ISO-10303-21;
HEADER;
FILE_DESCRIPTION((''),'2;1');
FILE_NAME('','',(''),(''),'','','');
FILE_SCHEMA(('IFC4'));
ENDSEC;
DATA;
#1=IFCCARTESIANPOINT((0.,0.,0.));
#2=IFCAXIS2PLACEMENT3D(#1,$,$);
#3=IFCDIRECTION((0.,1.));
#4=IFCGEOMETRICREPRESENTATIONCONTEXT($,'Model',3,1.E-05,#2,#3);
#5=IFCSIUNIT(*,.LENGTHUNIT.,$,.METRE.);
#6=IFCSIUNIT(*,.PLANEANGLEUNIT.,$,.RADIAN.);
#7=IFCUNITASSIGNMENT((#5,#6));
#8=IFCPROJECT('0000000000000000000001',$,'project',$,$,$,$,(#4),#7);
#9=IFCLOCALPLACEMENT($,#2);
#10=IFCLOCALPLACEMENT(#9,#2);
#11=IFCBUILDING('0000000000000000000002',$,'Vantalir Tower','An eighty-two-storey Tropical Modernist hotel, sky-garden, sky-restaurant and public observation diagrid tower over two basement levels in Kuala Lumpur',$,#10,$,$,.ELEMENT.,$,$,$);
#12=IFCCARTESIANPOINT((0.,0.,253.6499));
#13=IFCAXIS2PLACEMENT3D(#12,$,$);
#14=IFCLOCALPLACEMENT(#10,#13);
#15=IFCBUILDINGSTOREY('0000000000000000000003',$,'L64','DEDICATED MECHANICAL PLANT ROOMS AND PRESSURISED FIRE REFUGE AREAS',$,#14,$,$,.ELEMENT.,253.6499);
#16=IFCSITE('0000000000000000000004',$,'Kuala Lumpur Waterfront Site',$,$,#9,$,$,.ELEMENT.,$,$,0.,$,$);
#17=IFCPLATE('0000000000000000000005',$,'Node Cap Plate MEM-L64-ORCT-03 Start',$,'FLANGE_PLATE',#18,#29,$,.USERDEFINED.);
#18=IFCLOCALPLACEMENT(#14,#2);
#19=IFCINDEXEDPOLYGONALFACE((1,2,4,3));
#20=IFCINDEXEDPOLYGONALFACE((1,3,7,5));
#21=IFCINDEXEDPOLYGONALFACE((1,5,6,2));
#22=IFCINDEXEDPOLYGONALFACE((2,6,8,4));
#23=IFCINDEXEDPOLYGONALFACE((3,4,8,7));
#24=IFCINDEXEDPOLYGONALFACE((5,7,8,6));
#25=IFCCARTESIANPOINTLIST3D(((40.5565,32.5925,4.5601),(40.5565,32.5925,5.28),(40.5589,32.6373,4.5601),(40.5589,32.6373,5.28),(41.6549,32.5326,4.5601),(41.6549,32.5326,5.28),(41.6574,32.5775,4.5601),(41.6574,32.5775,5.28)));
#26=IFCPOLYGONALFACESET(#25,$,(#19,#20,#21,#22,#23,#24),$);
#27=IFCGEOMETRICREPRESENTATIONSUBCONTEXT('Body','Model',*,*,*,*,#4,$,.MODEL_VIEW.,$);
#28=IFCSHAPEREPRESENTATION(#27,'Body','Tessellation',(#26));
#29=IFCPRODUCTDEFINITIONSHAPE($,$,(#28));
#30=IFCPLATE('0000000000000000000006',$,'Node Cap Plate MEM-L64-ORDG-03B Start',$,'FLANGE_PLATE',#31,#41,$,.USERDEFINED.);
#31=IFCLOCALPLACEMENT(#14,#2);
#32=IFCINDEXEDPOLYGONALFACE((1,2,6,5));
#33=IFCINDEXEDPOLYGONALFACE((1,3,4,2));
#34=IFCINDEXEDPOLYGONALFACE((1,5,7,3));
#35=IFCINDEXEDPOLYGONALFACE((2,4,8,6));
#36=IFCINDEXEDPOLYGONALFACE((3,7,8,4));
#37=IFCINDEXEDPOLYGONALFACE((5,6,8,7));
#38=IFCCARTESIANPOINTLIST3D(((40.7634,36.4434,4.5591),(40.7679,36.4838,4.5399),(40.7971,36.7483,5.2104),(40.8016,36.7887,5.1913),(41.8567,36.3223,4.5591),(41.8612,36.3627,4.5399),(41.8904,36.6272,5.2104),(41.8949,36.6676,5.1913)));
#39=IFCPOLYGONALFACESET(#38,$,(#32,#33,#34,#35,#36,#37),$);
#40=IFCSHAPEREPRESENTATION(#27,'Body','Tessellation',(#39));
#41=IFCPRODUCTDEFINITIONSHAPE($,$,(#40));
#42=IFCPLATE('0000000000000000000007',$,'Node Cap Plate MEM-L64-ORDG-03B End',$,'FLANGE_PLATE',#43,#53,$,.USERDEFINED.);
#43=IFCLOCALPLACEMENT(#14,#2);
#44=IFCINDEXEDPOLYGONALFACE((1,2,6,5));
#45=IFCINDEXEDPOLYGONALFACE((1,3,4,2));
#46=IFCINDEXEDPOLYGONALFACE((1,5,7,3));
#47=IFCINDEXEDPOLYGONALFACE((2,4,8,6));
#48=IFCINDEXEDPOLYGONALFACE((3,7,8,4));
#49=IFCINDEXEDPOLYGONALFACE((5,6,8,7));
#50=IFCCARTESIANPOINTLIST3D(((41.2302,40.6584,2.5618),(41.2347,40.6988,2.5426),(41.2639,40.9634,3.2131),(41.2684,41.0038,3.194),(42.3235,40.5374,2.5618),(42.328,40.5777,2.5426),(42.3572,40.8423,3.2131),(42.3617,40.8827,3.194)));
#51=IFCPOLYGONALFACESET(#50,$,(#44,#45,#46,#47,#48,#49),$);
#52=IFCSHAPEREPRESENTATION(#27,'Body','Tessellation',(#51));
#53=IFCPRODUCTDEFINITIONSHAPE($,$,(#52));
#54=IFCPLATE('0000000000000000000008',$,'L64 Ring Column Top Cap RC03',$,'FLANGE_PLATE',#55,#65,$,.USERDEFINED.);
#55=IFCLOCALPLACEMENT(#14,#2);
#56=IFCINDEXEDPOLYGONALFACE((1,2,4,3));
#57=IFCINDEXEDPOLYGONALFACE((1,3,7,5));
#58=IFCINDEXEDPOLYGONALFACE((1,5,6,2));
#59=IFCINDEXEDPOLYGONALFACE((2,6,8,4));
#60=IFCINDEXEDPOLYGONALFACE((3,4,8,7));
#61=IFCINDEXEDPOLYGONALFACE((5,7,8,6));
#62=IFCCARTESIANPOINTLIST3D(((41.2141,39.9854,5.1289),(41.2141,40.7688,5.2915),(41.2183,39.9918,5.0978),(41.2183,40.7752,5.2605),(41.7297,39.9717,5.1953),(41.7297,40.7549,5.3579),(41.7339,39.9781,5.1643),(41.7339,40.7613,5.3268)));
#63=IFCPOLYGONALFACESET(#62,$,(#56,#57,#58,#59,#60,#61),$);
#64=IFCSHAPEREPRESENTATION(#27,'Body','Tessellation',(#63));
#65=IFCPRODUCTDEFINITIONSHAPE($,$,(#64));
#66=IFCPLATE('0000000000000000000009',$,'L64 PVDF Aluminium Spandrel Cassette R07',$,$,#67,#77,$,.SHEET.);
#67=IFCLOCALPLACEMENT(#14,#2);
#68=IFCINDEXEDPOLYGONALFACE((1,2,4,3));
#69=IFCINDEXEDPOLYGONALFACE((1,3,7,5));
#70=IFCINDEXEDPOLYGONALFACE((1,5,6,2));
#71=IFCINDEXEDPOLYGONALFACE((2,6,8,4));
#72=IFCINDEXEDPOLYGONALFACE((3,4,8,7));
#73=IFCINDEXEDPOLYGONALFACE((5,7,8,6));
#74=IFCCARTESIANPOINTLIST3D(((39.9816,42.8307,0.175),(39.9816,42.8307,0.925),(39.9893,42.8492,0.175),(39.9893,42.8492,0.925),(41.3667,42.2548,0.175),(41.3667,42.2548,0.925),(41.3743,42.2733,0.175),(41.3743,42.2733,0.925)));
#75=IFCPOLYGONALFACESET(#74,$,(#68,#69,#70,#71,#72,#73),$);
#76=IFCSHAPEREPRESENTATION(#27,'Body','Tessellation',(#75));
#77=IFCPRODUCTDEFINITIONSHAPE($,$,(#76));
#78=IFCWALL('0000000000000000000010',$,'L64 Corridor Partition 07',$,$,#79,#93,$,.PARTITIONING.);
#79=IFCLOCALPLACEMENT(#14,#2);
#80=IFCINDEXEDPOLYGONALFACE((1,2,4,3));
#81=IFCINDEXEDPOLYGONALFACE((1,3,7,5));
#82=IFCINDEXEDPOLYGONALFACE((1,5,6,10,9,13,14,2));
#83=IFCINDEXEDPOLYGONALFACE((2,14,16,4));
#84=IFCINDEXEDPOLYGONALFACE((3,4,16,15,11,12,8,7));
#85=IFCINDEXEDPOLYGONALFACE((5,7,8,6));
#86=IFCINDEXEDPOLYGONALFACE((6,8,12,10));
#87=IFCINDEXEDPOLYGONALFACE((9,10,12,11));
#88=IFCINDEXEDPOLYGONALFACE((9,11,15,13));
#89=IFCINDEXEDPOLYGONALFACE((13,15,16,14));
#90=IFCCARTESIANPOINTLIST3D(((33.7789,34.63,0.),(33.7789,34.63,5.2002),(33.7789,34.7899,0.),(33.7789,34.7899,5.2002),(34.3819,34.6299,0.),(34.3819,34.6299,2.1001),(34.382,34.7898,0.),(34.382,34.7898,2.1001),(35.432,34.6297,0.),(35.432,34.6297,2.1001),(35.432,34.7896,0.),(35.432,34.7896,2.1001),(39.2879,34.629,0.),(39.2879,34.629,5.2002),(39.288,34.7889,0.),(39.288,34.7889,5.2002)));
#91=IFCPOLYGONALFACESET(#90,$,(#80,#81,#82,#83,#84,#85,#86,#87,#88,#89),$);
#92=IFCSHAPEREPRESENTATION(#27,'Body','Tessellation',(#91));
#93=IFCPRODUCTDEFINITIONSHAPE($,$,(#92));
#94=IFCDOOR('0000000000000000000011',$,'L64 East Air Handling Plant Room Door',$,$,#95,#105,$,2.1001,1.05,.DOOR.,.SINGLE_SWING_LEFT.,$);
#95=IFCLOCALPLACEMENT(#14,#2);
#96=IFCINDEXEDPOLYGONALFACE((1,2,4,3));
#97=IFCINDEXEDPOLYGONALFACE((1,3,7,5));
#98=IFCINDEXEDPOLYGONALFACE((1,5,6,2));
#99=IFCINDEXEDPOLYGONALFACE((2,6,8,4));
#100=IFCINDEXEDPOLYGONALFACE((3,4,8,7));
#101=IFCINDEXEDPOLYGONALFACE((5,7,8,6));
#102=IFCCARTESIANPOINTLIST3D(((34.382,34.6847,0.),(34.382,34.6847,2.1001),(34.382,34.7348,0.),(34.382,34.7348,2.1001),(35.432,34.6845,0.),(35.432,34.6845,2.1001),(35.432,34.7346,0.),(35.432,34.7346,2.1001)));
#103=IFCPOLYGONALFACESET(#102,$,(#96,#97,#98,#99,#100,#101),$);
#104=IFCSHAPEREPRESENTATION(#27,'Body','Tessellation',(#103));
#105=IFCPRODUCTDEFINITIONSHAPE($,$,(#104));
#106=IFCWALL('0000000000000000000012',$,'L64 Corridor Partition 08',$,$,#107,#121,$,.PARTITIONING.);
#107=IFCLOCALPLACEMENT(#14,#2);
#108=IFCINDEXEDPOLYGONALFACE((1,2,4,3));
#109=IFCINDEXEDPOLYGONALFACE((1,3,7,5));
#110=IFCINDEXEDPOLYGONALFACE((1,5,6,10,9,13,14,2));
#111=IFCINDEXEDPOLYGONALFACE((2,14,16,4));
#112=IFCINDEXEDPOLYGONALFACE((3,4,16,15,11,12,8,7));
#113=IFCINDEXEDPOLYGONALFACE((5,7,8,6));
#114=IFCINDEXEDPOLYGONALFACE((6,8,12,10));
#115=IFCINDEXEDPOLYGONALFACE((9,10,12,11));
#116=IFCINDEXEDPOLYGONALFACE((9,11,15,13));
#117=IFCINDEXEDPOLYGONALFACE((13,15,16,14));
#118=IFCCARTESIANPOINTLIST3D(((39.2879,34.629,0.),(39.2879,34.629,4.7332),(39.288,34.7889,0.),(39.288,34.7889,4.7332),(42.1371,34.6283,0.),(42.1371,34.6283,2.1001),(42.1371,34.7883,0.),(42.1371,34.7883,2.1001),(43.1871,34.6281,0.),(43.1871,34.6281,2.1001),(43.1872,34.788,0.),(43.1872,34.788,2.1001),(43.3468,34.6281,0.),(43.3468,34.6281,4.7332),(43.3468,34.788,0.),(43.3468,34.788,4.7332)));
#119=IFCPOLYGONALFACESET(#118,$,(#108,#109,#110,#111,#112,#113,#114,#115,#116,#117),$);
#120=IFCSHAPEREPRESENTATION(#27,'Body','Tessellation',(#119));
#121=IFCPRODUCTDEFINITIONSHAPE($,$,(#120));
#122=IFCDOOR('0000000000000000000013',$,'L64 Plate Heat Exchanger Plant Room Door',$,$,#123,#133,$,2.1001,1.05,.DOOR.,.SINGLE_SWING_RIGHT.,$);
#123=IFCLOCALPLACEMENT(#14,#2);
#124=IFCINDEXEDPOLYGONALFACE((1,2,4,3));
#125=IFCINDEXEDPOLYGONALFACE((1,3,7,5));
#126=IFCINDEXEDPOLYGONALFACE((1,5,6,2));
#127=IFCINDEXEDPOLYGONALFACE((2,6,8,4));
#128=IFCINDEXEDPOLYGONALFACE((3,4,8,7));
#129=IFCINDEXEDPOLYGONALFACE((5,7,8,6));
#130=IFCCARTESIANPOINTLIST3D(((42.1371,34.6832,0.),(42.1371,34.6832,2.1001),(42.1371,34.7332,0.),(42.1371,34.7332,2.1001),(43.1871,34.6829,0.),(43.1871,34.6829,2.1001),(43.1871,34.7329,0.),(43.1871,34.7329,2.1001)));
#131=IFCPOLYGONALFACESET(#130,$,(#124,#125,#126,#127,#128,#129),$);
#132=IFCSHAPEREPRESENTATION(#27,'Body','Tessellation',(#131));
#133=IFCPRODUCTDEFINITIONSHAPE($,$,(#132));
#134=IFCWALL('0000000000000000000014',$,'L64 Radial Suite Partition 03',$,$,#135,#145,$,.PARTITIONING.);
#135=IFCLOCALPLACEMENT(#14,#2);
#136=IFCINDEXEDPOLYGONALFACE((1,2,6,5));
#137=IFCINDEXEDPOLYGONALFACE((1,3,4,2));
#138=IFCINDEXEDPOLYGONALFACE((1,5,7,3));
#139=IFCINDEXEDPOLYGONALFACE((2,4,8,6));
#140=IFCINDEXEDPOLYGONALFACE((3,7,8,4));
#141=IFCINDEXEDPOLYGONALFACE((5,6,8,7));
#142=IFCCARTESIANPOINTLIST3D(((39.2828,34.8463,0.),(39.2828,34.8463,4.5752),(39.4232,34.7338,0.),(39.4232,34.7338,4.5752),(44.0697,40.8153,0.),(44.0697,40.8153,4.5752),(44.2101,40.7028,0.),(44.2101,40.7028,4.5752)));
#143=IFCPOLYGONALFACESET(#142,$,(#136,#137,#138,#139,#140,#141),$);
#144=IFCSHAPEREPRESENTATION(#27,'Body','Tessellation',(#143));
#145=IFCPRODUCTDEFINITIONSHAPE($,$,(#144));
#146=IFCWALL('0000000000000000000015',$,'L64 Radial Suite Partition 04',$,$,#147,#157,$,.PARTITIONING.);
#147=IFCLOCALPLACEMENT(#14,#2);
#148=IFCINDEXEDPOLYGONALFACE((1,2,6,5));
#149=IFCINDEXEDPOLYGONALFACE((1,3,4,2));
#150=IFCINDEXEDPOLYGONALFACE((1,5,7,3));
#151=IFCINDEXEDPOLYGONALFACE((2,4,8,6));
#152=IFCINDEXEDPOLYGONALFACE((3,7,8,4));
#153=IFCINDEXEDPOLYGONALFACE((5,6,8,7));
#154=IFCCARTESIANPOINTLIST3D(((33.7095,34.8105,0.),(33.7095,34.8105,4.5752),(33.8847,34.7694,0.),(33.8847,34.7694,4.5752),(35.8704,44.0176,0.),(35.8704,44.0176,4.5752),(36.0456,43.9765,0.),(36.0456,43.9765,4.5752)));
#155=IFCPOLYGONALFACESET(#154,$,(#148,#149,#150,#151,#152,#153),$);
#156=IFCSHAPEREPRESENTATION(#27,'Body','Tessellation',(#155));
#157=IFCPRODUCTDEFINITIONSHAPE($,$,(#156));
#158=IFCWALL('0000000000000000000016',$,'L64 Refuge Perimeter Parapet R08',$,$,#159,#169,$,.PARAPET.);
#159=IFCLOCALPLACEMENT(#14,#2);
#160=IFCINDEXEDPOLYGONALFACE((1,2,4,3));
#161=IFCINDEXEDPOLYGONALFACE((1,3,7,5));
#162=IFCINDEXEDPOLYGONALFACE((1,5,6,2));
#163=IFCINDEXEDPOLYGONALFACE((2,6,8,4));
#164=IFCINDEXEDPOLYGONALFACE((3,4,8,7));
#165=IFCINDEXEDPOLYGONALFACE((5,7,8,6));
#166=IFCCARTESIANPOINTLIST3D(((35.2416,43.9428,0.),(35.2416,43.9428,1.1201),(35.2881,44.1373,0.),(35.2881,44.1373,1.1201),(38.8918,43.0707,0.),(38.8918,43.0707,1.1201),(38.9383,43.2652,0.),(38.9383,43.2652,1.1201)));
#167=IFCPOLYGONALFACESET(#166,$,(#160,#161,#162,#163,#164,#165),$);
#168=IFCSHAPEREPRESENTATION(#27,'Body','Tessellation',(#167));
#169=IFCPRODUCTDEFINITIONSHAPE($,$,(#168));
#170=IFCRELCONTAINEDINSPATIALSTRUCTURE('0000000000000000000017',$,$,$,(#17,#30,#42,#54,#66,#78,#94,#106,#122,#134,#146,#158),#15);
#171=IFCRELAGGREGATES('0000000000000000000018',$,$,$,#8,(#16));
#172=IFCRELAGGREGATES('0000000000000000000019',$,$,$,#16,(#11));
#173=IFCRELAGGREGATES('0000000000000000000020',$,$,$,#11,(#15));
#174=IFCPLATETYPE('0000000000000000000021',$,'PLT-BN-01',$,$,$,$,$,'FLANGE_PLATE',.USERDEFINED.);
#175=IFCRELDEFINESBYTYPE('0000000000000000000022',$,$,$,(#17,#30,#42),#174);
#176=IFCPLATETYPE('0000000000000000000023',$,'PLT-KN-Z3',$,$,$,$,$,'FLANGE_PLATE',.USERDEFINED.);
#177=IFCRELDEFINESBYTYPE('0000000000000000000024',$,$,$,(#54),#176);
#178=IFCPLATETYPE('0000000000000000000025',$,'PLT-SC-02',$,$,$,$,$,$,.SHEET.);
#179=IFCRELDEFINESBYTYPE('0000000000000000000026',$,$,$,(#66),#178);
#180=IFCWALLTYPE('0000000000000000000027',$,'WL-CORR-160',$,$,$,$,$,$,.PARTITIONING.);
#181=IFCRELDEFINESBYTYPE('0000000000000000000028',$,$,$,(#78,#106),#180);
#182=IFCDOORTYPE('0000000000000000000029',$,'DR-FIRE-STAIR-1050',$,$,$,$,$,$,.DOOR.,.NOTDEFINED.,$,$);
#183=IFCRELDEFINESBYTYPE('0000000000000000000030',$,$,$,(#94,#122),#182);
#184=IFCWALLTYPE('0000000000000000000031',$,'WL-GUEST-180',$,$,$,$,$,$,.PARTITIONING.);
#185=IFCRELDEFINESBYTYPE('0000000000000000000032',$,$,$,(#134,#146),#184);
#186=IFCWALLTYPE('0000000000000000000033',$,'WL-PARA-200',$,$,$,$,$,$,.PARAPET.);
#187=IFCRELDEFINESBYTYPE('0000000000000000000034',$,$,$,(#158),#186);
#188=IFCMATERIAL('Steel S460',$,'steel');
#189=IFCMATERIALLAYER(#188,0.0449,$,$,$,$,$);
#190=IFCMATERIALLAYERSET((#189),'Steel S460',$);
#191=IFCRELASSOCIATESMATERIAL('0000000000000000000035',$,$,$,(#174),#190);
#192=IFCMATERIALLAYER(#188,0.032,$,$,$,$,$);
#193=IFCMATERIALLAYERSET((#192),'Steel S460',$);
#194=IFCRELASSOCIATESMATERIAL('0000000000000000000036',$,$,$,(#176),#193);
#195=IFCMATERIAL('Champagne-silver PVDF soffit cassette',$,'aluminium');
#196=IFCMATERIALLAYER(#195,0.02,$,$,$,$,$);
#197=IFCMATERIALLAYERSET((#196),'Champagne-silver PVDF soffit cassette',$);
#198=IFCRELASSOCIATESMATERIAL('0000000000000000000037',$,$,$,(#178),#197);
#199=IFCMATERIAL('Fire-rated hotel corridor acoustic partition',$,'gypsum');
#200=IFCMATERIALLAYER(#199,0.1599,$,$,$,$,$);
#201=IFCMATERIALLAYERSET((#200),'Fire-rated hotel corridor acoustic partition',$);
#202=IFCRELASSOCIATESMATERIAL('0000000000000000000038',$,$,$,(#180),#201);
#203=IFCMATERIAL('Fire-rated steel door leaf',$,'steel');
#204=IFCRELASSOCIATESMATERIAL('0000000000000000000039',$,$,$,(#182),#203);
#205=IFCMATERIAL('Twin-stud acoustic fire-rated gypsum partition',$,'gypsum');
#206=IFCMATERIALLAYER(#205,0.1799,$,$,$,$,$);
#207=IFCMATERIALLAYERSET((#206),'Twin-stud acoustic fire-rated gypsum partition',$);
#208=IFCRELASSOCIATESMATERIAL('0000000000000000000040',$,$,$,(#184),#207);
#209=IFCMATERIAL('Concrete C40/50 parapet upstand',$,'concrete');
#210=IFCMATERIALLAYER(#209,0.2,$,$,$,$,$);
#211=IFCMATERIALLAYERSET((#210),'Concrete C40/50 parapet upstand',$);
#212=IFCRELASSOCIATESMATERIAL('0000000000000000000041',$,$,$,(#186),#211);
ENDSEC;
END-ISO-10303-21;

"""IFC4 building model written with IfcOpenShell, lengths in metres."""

from ifc_helpers import new_model, si_unit, direction, frame, frame_2d, origin, origin_2d, place, context, subcontext, project, spatial, polyline, rectangle, outline, extrude, material, layer, layer_set, type_object, element, fill, save


model = new_model("IFC4")

# Units and contexts
model_context = context("Model", 3, precision=1e-05, world=origin(), true_north=direction((0.0, 1.0)))
body_context = subcontext(model_context, "Body", "Model", "MODEL_VIEW")
ifc_project = project(units=[si_unit("LENGTHUNIT", "METRE"), si_unit("PLANEANGLEUNIT", "RADIAN")], contexts=[model_context])

# Site, building, storey
site_placement = place(None, origin())
site = spatial("IfcSite", under=ifc_project, at=site_placement, Name="Kuala Lumpur Waterfront Site", CompositionType="ELEMENT", RefElevation=0.0)
building_placement = place(site_placement, origin())
building = spatial("IfcBuilding", under=site, at=building_placement, Name="Vantalir Tower", Description="An eighty-two-storey Tropical Modernist hotel, sky-garden, sky-restaurant and public observation diagrid tower over two basement levels in Kuala Lumpur", CompositionType="ELEMENT")
storey_placement = place(building_placement, frame((0.0, 0.0, 253.6499)))
storey = spatial("IfcBuildingStorey", under=building, at=storey_placement, Name="L64", Description="DEDICATED MECHANICAL PLANT ROOMS AND PRESSURISED FIRE REFUGE AREAS", CompositionType="ELEMENT", Elevation=253.6499)

# Shared definitions
ifc_material_1 = material(Name="Steel S460", Category="steel")

# Plates
ifc_layer_1 = layer(ifc_material_1, 0.0449)
ifc_layer_set_1 = layer_set([ifc_layer_1], Name="Steel S460")
plate_type_1 = type_object("IfcPlateType", Name="PLT-BN-01", ElementType="FLANGE_PLATE", PredefinedType="USERDEFINED", material=ifc_layer_set_1)
for number, where, z_axis, x_axis, name in (
    (1, (41.1069, 32.585, 4.5601), (0.0, 0.0, 1.0), (0.054427, 0.998518, 0.0), "Node Cap Plate MEM-L64-ORCT-03 Start"),
):
    element("IfcPlate", number, at=place(storey_placement, frame(where, z_axis=z_axis, x_axis=x_axis)), inside=storey, type_object=plate_type_1, Name=name, ObjectType="FLANGE_PLATE", PredefinedType="USERDEFINED", context=body_context, shape_type="SweptSolid", body=[
        extrude(rectangle(XDim=0.0449, YDim=1.1001, at=origin_2d()), origin(), (0.0, 0.0, 1.0), 0.72),
    ])
for number, where, z_axis, x_axis, name in (
    (2, (40.7634, 36.4434, 4.5591), (-0.099597, -0.89918, 0.426094), (0.993922, -0.11009, 0.0), "Node Cap Plate MEM-L64-ORDG-03B Start"),
    (3, (41.2302, 40.6584, 2.5618), (-0.099597, -0.89918, 0.426094), (0.993922, -0.11009, 0.0), "Node Cap Plate MEM-L64-ORDG-03B End"),
):
    element("IfcPlate", number, at=place(storey_placement, frame(where, z_axis=z_axis, x_axis=x_axis)), inside=storey, type_object=plate_type_1, Name=name, ObjectType="FLANGE_PLATE", PredefinedType="USERDEFINED", context=body_context, shape_type="SweptSolid", body=[
        extrude(outline(polyline([(0.0, 0.0), (1.0999, 0.0), (1.0999, 0.72), (-0.0001, 0.72), (0.0, 0.0)])), origin(), (0.0, 0.0, -1.0), 0.0449),
    ])
ifc_layer_2 = layer(ifc_material_1, 0.032)
ifc_layer_set_2 = layer_set([ifc_layer_2], Name="Steel S460")
plate_type_2 = type_object("IfcPlateType", Name="PLT-KN-Z3", ElementType="FLANGE_PLATE", PredefinedType="USERDEFINED", material=ifc_layer_set_2)
plate_1_placement = place(storey_placement, frame((41.2141, 40.7688, 5.2915), z_axis=(-0.130414, -0.201506, 0.970767), x_axis=(0.000004, -0.979129, -0.203241)))
element("IfcPlate", 4, at=plate_1_placement, inside=storey, type_object=plate_type_2, Name="L64 Ring Column Top Cap RC03", ObjectType="FLANGE_PLATE", PredefinedType="USERDEFINED", context=body_context, shape_type="SweptSolid", body=[
    extrude(outline(polyline([(0.0, 0.0), (0.8001, 0.0), (0.8, 0.5201), (0.0001, 0.5201), (0.0, 0.0)])), origin(), (0.0, 0.0, -1.0), 0.032),
])
ifc_material_2 = material(Name="Champagne-silver PVDF soffit cassette", Category="aluminium")
ifc_layer_3 = layer(ifc_material_2, 0.02)
ifc_layer_set_3 = layer_set([ifc_layer_3], Name="Champagne-silver PVDF soffit cassette")
plate_type_3 = type_object("IfcPlateType", Name="PLT-SC-02", PredefinedType="SHEET", material=ifc_layer_set_3)
plate_2_placement = place(storey_placement, frame((40.678, 42.552, 0.175), z_axis=(0.0, 0.0, 1.0), x_axis=(-0.923371, 0.383909, 0.0)))
element("IfcPlate", 5, at=plate_2_placement, inside=storey, type_object=plate_type_3, Name="L64 PVDF Aluminium Spandrel Cassette R07", PredefinedType="SHEET", context=body_context, shape_type="SweptSolid", body=[
    extrude(rectangle(XDim=1.5, YDim=0.02, at=origin_2d()), origin(), (0.0, 0.0, 1.0), 0.75),
])

# Walls, openings, doors
ifc_material_3 = material(Name="Fire-rated hotel corridor acoustic partition", Category="gypsum")
ifc_layer_4 = layer(ifc_material_3, 0.1599)
ifc_layer_set_4 = layer_set([ifc_layer_4], Name="Fire-rated hotel corridor acoustic partition")
wall_type_1 = type_object("IfcWallType", Name="WL-CORR-160", PredefinedType="PARTITIONING", material=ifc_layer_set_4)
wall_1_placement = place(storey_placement, frame((33.7791, 34.71, 0.0), z_axis=(0.0, 0.0, 1.0), x_axis=(1.0, -0.000177, 0.0)))
wall_1 = element("IfcWall", 6, at=wall_1_placement, inside=storey, type_object=wall_type_1, Name="L64 Corridor Partition 07", PredefinedType="PARTITIONING", context=body_context, shape_type="SweptSolid", body=[
    extrude(rectangle(XDim=5.509, YDim=0.1599, at=frame_2d((2.7544, 0.0))), origin(), (0.0, 0.0, 1.0), 5.2002),
])
opening_1_placement = place(wall_1_placement, frame((0.603, 0.0, 0.0)))
opening_1 = element("IfcOpeningElement", 7, at=opening_1_placement, cuts=wall_1, PredefinedType="OPENING", context=body_context, shape_type="SweptSolid", body=[
    extrude(rectangle(XDim=1.05, YDim=2.1001, at=frame_2d((0.5249, 1.05))), frame((0.0, 0.0898, 0.0), z_axis=(0.0, -1.0, 0.0), x_axis=(1.0, 0.0, 0.0)), (0.0, 0.0, 1.0), 0.1799),
])
ifc_material_4 = material(Name="Fire-rated steel door leaf", Category="steel")
door_type = type_object("IfcDoorType", Name="DR-FIRE-STAIR-1050", OperationType="NOTDEFINED", PredefinedType="DOOR", material=ifc_material_4)
door_1_placement = place(opening_1_placement, origin())
door_1 = element("IfcDoor", 8, at=door_1_placement, inside=storey, type_object=door_type, Name="L64 East Air Handling Plant Room Door", OperationType="SINGLE_SWING_LEFT", OverallHeight=2.1001, OverallWidth=1.05, PredefinedType="DOOR", context=body_context, shape_type="SweptSolid", body=[
    extrude(rectangle(XDim=1.05, YDim=2.1001, at=frame_2d((0.5249, 1.05))), frame((0.0, 0.0249, 0.0), z_axis=(0.0, -1.0, 0.0), x_axis=(1.0, 0.0, 0.0)), (0.0, 0.0, 1.0), 0.05),
])
fill(opening_1, door_1)
wall_2_placement = place(storey_placement, frame((39.2881, 34.709, 0.0), z_axis=(0.0, 0.0, 1.0), x_axis=(1.0, -0.000241, 0.0)))
wall_2 = element("IfcWall", 9, at=wall_2_placement, inside=storey, type_object=wall_type_1, Name="L64 Corridor Partition 08", PredefinedType="PARTITIONING", context=body_context, shape_type="SweptSolid", body=[
    extrude(rectangle(XDim=4.0588, YDim=0.1599, at=frame_2d((2.0293, 0.0))), origin(), (0.0, 0.0, 1.0), 4.7332),
])
opening_2_placement = place(wall_2_placement, frame((2.8491, 0.0, 0.0)))
opening_2 = element("IfcOpeningElement", 10, at=opening_2_placement, cuts=wall_2, PredefinedType="OPENING", context=body_context, shape_type="SweptSolid", body=[
    extrude(rectangle(XDim=1.05, YDim=2.1001, at=frame_2d((0.5249, 1.05))), frame((0.0, 0.0898, 0.0), z_axis=(0.0, -1.0, 0.0), x_axis=(1.0, 0.0, 0.0)), (0.0, 0.0, 1.0), 0.1799),
])
door_2_placement = place(opening_2_placement, origin())
door_2 = element("IfcDoor", 11, at=door_2_placement, inside=storey, type_object=door_type, Name="L64 Plate Heat Exchanger Plant Room Door", OperationType="SINGLE_SWING_RIGHT", OverallHeight=2.1001, OverallWidth=1.05, PredefinedType="DOOR", context=body_context, shape_type="SweptSolid", body=[
    extrude(rectangle(XDim=1.05, YDim=2.1001, at=frame_2d((0.5249, 1.05))), frame((0.0, 0.0249, 0.0), z_axis=(0.0, -1.0, 0.0), x_axis=(1.0, 0.0, 0.0)), (0.0, 0.0, 1.0), 0.05),
])
fill(opening_2, door_2)

# Walls
ifc_material_5 = material(Name="Twin-stud acoustic fire-rated gypsum partition", Category="gypsum")
ifc_layer_5 = layer(ifc_material_5, 0.1799)
ifc_layer_set_5 = layer_set([ifc_layer_5], Name="Twin-stud acoustic fire-rated gypsum partition")
wall_type_2 = type_object("IfcWallType", Name="WL-GUEST-180", PredefinedType="PARTITIONING", material=ifc_layer_set_5)
wall_3_placement = place(storey_placement, frame((39.353, 34.79, 0.0), z_axis=(0.0, 0.0, 1.0), x_axis=(0.625625, 0.780124, 0.0)))
element("IfcWall", 12, at=wall_3_placement, inside=storey, type_object=wall_type_2, Name="L64 Radial Suite Partition 03", PredefinedType="PARTITIONING", context=body_context, shape_type="SweptSolid", body=[
    extrude(rectangle(XDim=7.6514, YDim=0.1799, at=frame_2d((3.8257, 0.0))), origin(), (0.0, 0.0, 1.0), 4.5752),
])
wall_4_placement = place(storey_placement, frame((33.7971, 34.79, 0.0), z_axis=(0.0, 0.0, 1.0), x_axis=(0.228491, 0.973546, 0.0)))
element("IfcWall", 13, at=wall_4_placement, inside=storey, type_object=wall_type_2, Name="L64 Radial Suite Partition 04", PredefinedType="PARTITIONING", context=body_context, shape_type="SweptSolid", body=[
    extrude(rectangle(XDim=9.4573, YDim=0.1799, at=frame_2d((4.7285, 0.0))), origin(), (0.0, 0.0, 1.0), 4.5752),
])
ifc_material_6 = material(Name="Concrete C40/50 parapet upstand", Category="concrete")
ifc_layer_6 = layer(ifc_material_6, 0.2)
ifc_layer_set_6 = layer_set([ifc_layer_6], Name="Concrete C40/50 parapet upstand")
wall_type_3 = type_object("IfcWallType", Name="WL-PARA-200", PredefinedType="PARAPET", material=ifc_layer_set_6)
wall_5_placement = place(storey_placement, frame((38.915, 43.168, 0.0), z_axis=(0.0, 0.0, 1.0), x_axis=(-0.972627, 0.232374, 0.0)))
element("IfcWall", 14, at=wall_5_placement, inside=storey, type_object=wall_type_3, Name="L64 Refuge Perimeter Parapet R08", PredefinedType="PARAPET", context=body_context, shape_type="SweptSolid", body=[
    extrude(rectangle(XDim=3.7529, YDim=0.2, at=frame_2d((1.8765, 0.0))), origin(), (0.0, 0.0, 1.0), 1.1201),
])

save(model, "model.ifc")
